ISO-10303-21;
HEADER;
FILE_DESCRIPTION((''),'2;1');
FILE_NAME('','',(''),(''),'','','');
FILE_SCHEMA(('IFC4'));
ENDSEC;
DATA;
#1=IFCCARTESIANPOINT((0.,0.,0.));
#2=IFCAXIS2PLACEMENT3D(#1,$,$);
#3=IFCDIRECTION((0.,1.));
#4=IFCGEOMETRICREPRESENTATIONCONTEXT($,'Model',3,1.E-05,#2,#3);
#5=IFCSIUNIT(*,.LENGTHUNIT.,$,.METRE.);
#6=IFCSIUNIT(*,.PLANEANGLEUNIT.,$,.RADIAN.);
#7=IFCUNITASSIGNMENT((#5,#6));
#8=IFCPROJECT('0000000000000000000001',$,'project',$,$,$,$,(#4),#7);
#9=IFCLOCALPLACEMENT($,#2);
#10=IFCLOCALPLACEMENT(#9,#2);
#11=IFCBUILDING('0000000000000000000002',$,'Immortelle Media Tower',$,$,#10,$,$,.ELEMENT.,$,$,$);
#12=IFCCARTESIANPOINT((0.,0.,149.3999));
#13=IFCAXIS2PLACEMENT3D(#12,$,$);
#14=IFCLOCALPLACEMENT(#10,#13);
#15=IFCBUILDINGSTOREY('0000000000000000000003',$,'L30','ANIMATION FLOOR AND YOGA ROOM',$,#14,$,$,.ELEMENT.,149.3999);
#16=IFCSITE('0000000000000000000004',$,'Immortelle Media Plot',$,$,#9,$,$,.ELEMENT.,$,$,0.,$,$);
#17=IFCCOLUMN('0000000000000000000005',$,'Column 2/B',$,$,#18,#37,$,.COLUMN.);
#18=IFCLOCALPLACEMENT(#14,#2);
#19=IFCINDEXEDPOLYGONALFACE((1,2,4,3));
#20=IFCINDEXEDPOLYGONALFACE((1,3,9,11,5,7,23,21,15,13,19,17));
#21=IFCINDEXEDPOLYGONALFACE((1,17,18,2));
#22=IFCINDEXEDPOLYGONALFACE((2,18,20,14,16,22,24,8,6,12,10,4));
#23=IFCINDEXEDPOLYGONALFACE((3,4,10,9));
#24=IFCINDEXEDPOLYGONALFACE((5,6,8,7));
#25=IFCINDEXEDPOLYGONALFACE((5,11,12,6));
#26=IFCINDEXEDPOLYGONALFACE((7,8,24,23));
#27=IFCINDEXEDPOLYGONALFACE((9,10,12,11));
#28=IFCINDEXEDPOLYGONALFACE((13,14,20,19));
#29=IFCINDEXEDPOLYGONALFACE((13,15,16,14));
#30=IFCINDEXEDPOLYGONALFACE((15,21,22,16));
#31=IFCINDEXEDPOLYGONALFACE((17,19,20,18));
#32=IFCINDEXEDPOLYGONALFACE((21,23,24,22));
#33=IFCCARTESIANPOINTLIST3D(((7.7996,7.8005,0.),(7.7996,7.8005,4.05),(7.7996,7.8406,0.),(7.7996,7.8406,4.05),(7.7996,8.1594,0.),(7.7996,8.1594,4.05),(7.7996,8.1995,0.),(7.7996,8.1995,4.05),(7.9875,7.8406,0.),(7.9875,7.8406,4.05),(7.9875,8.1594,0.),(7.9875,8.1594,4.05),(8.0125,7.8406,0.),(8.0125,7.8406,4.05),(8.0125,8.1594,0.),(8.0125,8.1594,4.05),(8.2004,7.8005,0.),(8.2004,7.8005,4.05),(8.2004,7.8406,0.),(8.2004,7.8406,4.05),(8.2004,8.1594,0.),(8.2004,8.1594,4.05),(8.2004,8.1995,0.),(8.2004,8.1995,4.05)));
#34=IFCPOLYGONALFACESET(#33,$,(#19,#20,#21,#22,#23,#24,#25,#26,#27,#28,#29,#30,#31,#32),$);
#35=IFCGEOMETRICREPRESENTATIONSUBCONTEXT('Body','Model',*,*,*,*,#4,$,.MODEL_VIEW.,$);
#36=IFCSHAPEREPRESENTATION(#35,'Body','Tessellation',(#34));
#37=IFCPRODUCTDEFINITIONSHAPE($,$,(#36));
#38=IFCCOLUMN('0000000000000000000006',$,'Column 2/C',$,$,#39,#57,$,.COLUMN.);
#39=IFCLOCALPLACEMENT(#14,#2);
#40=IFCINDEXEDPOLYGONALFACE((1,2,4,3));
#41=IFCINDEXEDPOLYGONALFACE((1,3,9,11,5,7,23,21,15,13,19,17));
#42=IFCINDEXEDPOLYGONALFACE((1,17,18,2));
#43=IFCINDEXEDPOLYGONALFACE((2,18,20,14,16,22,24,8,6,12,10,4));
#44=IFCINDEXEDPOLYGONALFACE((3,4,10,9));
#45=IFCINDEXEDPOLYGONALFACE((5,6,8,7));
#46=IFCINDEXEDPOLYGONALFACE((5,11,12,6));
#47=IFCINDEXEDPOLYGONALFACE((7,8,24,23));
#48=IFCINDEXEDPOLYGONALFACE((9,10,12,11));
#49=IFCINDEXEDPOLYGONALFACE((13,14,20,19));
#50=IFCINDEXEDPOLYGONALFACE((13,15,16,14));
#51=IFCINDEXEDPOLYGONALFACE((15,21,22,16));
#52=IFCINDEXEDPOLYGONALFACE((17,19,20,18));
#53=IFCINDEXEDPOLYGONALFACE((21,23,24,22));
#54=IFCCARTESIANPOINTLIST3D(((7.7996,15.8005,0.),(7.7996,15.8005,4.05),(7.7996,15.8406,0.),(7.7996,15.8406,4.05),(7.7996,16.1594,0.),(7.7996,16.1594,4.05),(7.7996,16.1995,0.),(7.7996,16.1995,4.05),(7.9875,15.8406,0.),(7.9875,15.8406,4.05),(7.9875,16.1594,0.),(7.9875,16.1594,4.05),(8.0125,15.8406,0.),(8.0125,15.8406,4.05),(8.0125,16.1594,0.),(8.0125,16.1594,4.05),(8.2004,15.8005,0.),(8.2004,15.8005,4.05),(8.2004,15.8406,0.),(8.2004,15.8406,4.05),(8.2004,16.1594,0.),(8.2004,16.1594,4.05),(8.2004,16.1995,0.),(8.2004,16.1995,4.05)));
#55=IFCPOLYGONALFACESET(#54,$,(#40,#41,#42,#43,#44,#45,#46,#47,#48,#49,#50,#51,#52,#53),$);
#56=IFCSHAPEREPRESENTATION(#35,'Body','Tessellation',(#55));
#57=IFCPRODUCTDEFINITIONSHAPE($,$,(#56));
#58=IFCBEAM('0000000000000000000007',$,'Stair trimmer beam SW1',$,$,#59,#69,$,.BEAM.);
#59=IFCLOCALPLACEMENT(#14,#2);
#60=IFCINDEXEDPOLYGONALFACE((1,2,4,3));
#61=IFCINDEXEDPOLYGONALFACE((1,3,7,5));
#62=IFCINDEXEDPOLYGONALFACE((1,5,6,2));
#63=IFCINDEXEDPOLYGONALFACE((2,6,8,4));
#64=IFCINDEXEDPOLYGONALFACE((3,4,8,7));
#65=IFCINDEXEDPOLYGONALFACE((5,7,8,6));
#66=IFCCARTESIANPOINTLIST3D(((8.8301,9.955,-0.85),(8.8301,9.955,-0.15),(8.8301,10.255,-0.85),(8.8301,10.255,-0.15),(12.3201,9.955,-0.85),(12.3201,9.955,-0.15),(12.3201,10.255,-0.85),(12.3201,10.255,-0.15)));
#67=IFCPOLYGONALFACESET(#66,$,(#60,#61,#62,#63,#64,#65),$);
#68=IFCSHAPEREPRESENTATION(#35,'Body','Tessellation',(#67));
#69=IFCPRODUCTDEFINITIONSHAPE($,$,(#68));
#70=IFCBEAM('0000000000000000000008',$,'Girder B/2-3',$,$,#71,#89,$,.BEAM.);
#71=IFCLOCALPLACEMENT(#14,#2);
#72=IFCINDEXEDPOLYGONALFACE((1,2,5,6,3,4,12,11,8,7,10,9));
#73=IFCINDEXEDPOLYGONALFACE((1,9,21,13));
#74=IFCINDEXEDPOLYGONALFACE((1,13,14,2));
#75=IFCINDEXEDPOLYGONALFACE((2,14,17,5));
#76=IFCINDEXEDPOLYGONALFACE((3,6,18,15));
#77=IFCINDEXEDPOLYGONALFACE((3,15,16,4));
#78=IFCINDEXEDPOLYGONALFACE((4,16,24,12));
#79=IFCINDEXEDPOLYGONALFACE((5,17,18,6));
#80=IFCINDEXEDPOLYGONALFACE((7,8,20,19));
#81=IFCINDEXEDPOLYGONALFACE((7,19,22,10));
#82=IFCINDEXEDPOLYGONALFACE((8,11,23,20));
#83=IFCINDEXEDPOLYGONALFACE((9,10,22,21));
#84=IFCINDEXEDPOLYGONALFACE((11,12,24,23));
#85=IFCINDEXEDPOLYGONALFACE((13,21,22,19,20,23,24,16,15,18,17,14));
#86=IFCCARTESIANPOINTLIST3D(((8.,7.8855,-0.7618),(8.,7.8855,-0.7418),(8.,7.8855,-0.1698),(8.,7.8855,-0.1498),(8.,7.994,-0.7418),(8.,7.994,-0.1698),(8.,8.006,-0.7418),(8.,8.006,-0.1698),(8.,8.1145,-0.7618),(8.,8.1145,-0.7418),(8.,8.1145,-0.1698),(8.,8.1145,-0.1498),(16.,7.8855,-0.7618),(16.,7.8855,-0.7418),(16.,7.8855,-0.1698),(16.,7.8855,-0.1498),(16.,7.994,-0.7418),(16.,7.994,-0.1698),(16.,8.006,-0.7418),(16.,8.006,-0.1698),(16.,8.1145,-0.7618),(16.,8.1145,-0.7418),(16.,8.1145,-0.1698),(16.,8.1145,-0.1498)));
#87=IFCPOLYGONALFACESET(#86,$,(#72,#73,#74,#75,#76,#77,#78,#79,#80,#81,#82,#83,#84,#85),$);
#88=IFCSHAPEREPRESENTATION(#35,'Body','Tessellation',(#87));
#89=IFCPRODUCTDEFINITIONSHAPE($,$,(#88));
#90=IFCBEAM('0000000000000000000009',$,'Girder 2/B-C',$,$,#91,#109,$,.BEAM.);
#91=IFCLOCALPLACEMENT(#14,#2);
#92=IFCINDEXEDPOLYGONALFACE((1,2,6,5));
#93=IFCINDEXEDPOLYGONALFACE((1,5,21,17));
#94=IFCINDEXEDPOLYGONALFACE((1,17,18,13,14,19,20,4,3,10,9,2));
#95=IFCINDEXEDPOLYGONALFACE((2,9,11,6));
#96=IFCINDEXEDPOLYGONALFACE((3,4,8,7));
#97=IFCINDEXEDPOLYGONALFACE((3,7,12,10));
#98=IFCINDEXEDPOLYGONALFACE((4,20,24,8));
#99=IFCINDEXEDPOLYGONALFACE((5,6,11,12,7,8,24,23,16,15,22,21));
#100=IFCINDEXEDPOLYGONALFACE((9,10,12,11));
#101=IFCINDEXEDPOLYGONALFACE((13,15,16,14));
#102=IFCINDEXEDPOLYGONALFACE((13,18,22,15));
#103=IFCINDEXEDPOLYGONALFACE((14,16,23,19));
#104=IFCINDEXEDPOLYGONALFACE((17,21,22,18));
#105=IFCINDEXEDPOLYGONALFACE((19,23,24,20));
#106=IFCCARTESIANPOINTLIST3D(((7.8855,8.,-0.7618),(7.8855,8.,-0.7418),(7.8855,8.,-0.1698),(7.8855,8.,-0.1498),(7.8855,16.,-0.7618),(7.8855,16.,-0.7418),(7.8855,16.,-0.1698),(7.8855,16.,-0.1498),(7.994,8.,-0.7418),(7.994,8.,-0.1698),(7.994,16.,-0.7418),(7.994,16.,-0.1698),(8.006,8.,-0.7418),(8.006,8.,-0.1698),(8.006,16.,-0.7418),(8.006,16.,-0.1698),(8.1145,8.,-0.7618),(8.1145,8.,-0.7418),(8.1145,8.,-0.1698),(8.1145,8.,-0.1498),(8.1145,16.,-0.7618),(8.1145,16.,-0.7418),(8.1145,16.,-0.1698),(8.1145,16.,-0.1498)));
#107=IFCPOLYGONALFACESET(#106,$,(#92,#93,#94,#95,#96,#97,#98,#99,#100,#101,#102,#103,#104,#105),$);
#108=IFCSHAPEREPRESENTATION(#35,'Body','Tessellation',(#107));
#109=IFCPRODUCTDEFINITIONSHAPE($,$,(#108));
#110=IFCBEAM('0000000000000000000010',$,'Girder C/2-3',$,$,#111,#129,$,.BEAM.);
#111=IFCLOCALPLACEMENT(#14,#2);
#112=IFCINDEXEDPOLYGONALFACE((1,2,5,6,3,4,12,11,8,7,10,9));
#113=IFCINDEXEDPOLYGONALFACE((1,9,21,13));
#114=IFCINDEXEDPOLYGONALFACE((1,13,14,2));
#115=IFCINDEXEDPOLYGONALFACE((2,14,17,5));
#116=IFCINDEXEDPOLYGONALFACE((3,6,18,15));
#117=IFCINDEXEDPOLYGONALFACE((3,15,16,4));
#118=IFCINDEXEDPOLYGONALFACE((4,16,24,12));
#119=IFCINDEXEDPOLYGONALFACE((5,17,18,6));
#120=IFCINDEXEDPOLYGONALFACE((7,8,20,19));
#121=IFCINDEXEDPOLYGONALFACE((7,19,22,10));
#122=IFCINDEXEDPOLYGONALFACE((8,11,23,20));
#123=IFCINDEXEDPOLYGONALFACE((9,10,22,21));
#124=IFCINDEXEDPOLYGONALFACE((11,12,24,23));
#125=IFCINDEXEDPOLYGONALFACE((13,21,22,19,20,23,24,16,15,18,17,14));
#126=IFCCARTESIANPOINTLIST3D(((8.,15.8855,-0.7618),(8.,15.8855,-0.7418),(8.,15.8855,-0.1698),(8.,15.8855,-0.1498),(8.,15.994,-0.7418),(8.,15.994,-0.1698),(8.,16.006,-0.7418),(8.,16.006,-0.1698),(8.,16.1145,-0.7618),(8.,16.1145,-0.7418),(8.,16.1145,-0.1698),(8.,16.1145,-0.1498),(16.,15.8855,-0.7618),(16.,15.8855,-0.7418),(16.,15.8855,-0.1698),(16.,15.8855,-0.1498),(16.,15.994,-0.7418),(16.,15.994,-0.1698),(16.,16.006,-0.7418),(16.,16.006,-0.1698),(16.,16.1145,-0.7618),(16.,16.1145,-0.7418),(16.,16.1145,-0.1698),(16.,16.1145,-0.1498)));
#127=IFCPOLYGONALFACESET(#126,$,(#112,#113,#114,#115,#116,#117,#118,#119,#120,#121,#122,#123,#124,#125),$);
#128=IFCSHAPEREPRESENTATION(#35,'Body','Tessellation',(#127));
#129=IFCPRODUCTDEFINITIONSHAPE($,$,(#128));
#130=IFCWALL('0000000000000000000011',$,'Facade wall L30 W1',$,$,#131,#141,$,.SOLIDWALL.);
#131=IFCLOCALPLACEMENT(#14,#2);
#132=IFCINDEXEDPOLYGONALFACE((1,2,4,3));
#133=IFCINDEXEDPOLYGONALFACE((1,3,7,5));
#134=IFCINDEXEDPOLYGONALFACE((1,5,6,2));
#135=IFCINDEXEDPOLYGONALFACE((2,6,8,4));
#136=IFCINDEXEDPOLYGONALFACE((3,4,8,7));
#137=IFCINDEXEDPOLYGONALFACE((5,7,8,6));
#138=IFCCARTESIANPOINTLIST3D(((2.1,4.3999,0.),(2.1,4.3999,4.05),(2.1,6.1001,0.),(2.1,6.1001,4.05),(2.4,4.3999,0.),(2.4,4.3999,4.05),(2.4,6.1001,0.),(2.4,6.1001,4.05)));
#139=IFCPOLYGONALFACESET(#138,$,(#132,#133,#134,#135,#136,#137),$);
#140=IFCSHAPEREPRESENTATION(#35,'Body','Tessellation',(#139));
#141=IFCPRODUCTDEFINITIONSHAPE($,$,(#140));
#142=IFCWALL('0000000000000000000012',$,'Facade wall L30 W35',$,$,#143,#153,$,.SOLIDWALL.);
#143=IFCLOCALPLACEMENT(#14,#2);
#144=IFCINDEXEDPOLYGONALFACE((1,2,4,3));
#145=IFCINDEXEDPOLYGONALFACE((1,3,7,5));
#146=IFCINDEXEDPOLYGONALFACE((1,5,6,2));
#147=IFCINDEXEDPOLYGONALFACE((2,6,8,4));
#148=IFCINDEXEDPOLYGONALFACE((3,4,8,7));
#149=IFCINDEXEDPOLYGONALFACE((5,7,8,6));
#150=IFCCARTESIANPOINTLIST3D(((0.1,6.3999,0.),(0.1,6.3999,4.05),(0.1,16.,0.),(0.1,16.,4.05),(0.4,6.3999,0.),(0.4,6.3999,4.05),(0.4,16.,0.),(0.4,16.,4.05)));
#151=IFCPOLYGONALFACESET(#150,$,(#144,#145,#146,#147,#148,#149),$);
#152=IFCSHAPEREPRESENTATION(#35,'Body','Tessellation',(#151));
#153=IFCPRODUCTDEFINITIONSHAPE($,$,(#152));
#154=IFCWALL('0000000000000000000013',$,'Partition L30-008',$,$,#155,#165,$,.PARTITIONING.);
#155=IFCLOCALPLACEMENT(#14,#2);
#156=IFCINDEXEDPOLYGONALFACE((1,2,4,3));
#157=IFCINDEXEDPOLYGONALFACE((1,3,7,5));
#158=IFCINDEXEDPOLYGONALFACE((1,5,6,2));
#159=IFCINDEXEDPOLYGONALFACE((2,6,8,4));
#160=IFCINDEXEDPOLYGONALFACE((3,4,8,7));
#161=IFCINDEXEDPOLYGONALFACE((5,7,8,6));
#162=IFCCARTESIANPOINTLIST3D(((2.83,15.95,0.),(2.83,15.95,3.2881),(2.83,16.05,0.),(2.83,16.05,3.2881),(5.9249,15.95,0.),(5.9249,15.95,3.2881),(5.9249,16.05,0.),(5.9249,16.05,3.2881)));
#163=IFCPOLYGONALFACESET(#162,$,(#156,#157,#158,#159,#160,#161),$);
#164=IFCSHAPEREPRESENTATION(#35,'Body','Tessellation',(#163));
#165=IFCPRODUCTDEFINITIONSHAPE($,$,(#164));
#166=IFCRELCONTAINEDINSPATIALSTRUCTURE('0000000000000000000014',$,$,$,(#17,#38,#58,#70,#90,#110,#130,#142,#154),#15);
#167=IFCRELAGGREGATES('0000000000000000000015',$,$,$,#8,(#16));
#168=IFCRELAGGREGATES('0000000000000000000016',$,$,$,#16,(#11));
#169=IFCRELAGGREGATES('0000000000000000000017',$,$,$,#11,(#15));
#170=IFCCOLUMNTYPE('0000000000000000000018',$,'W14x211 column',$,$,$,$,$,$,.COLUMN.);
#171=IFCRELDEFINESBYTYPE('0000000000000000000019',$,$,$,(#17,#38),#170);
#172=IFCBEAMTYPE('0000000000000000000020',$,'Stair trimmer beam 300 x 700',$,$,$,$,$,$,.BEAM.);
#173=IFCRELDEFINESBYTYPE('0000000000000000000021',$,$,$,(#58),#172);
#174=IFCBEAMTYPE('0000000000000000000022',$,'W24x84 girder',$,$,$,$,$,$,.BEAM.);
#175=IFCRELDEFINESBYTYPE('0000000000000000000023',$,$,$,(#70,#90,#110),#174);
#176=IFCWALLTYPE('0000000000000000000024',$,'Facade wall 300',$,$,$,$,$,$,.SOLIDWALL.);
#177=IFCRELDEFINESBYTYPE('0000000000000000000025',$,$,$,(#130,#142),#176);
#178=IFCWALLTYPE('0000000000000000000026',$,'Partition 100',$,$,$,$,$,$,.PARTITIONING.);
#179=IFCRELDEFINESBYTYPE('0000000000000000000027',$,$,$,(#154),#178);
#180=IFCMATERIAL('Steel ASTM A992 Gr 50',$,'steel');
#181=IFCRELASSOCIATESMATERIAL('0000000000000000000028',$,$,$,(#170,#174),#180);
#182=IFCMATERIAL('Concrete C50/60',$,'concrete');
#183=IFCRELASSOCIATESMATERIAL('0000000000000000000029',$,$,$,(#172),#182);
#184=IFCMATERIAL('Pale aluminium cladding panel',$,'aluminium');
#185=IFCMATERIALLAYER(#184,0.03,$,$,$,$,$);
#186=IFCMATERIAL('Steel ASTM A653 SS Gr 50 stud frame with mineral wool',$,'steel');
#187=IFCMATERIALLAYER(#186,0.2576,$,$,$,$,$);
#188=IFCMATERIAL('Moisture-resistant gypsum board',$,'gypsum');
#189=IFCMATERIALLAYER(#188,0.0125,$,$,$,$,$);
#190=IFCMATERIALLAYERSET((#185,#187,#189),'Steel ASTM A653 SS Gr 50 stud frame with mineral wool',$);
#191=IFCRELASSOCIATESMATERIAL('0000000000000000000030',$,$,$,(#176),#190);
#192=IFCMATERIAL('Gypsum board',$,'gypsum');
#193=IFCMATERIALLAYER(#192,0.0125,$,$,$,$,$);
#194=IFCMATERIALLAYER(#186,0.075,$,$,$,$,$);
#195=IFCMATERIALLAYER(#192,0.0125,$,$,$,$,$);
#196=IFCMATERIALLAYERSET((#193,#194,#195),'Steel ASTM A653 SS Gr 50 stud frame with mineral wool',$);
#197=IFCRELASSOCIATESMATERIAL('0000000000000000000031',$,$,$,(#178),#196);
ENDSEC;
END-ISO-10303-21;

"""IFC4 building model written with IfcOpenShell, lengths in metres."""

from ifc_helpers import new_model, si_unit, direction, frame, frame_2d, origin, origin_2d, place, context, subcontext, project, spatial, rectangle, i_section, extrude, material, layer, layer_set, material_profile, profile_set, type_object, element, save


model = new_model("IFC4")

# Units and contexts
model_context = context("Model", 3, precision=1e-05, world=origin(), true_north=direction((0.0, 1.0)))
body_context = subcontext(model_context, "Body", "Model", "MODEL_VIEW")
ifc_project = project(units=[si_unit("LENGTHUNIT", "METRE"), si_unit("PLANEANGLEUNIT", "RADIAN")], contexts=[model_context])

# Site, building, storey
site_placement = place(None, origin())
site = spatial("IfcSite", under=ifc_project, at=site_placement, Name="Immortelle Media Plot", CompositionType="ELEMENT", RefElevation=0.0)
building_placement = place(site_placement, origin())
building = spatial("IfcBuilding", under=site, at=building_placement, Name="Immortelle Media Tower", CompositionType="ELEMENT")
storey_placement = place(building_placement, frame((0.0, 0.0, 149.3999)))
storey = spatial("IfcBuildingStorey", under=building, at=storey_placement, Name="L30", Description="ANIMATION FLOOR AND YOGA ROOM", CompositionType="ELEMENT", Elevation=149.3999)

# Columns
ifc_material_1 = material(Name="Steel ASTM A992 Gr 50", Category="steel")
ifc_material_profile_1 = material_profile(ifc_material_1, i_section(OverallWidth=0.4009, OverallDepth=0.3989, WebThickness=0.0249, FlangeThickness=0.04, at=origin_2d()), Name="W14x211")
ifc_profile_set_1 = profile_set([ifc_material_profile_1], Name="Steel ASTM A992 Gr 50")
column_type = type_object("IfcColumnType", Name="W14x211 column", PredefinedType="COLUMN", material=ifc_profile_set_1)
for number, where, z_axis, x_axis, name in (
    (1, (8.0, 8.0, 0.0), (0.0, 0.0, 1.0), (1.0, 0.0, 0.0), "Column 2/B"),
    (2, (8.0, 16.0, 0.0), (0.0, 0.0, 1.0), (1.0, 0.0, 0.0), "Column 2/C"),
):
    element("IfcColumn", number, at=place(storey_placement, frame(where, z_axis=z_axis, x_axis=x_axis)), inside=storey, type_object=column_type, Name=name, PredefinedType="COLUMN", context=body_context, shape_type="SweptSolid", body=[
        extrude(i_section(OverallWidth=0.4009, OverallDepth=0.3989, WebThickness=0.0249, FlangeThickness=0.04, at=origin_2d()), origin(), (0.0, 0.0, 1.0), 4.05),
    ])

# Beams
ifc_material_2 = material(Name="Concrete C50/60", Category="concrete")
ifc_material_profile_2 = material_profile(ifc_material_2, rectangle(XDim=0.3, YDim=0.7, at=origin_2d()), Name="RC 300x700")
ifc_profile_set_2 = profile_set([ifc_material_profile_2], Name="Concrete C50/60")
beam_type_1 = type_object("IfcBeamType", Name="Stair trimmer beam 300 x 700", PredefinedType="BEAM", material=ifc_profile_set_2)
beam_placement = place(storey_placement, frame((8.8301, 10.105, -0.5), z_axis=(1.0, 0.0, 0.0), x_axis=(0.0, 1.0, 0.0)))
element("IfcBeam", 3, at=beam_placement, inside=storey, type_object=beam_type_1, Name="Stair trimmer beam SW1", PredefinedType="BEAM", context=body_context, shape_type="SweptSolid", body=[
    extrude(rectangle(XDim=0.3, YDim=0.7, at=origin_2d()), origin(), (0.0, 0.0, 1.0), 3.49),
])
ifc_material_profile_3 = material_profile(ifc_material_1, i_section(OverallWidth=0.229, OverallDepth=0.6121, WebThickness=0.012, FlangeThickness=0.02, at=origin_2d()), Name="W24x84")
ifc_profile_set_3 = profile_set([ifc_material_profile_3], Name="Steel ASTM A992 Gr 50")
beam_type_2 = type_object("IfcBeamType", Name="W24x84 girder", PredefinedType="BEAM", material=ifc_profile_set_3)
for number, where, z_axis, x_axis, name in (
    (4, (8.0, 8.0, -0.4558), (1.0, 0.0, 0.0), (0.0, 1.0, 0.0), "Girder B/2-3"),
    (5, (8.0, 8.0, -0.4558), (0.0, 1.0, 0.0), (-1.0, 0.0, 0.0), "Girder 2/B-C"),
    (6, (8.0, 16.0, -0.4558), (1.0, 0.0, 0.0), (0.0, 1.0, 0.0), "Girder C/2-3"),
):
    element("IfcBeam", number, at=place(storey_placement, frame(where, z_axis=z_axis, x_axis=x_axis)), inside=storey, type_object=beam_type_2, Name=name, PredefinedType="BEAM", context=body_context, shape_type="SweptSolid", body=[
        extrude(i_section(OverallWidth=0.229, OverallDepth=0.6121, WebThickness=0.012, FlangeThickness=0.02, at=origin_2d()), origin(), (0.0, 0.0, 1.0), 8.0),
    ])

# Walls
ifc_material_3 = material(Name="Pale aluminium cladding panel", Category="aluminium")
ifc_layer_1 = layer(ifc_material_3, 0.03)
ifc_material_4 = material(Name="Steel ASTM A653 SS Gr 50 stud frame with mineral wool", Category="steel")
ifc_layer_2 = layer(ifc_material_4, 0.2576)
ifc_material_5 = material(Name="Moisture-resistant gypsum board", Category="gypsum")
ifc_layer_3 = layer(ifc_material_5, 0.0125)
ifc_layer_set_1 = layer_set([ifc_layer_1, ifc_layer_2, ifc_layer_3], Name="Steel ASTM A653 SS Gr 50 stud frame with mineral wool")
wall_type_1 = type_object("IfcWallType", Name="Facade wall 300", PredefinedType="SOLIDWALL", material=ifc_layer_set_1)
wall_1_placement = place(storey_placement, frame((2.25, 6.1001, 0.0), z_axis=(0.0, 0.0, 1.0), x_axis=(0.0, -1.0, 0.0)))
element("IfcWall", 7, at=wall_1_placement, inside=storey, type_object=wall_type_1, Name="Facade wall L30 W1", PredefinedType="SOLIDWALL", context=body_context, shape_type="SweptSolid", body=[
    extrude(rectangle(XDim=1.7002, YDim=0.3, at=frame_2d((0.8501, 0.0))), origin(), (0.0, 0.0, 1.0), 4.05),
])
wall_2_placement = place(storey_placement, frame((0.25, 16.0, 0.0), z_axis=(0.0, 0.0, 1.0), x_axis=(0.0, -1.0, 0.0)))
element("IfcWall", 8, at=wall_2_placement, inside=storey, type_object=wall_type_1, Name="Facade wall L30 W35", PredefinedType="SOLIDWALL", context=body_context, shape_type="SweptSolid", body=[
    extrude(rectangle(XDim=9.6001, YDim=0.3, at=frame_2d((4.8, 0.0))), origin(), (0.0, 0.0, 1.0), 4.05),
])
ifc_material_6 = material(Name="Gypsum board", Category="gypsum")
ifc_layer_4 = layer(ifc_material_6, 0.0125)
ifc_layer_5 = layer(ifc_material_4, 0.075)
ifc_layer_6 = layer(ifc_material_6, 0.0125)
ifc_layer_set_2 = layer_set([ifc_layer_4, ifc_layer_5, ifc_layer_6], Name="Steel ASTM A653 SS Gr 50 stud frame with mineral wool")
wall_type_2 = type_object("IfcWallType", Name="Partition 100", PredefinedType="PARTITIONING", material=ifc_layer_set_2)
wall_3_placement = place(storey_placement, frame((2.8301, 16.0, 0.0), z_axis=(0.0, 0.0, 1.0), x_axis=(1.0, 0.0, 0.0)))
element("IfcWall", 9, at=wall_3_placement, inside=storey, type_object=wall_type_2, Name="Partition L30-008", PredefinedType="PARTITIONING", context=body_context, shape_type="SweptSolid", body=[
    extrude(rectangle(XDim=3.095, YDim=0.1001, at=frame_2d((1.5474, 0.0))), origin(), (0.0, 0.0, 1.0), 3.2881),
])

save(model, "model.ifc")
